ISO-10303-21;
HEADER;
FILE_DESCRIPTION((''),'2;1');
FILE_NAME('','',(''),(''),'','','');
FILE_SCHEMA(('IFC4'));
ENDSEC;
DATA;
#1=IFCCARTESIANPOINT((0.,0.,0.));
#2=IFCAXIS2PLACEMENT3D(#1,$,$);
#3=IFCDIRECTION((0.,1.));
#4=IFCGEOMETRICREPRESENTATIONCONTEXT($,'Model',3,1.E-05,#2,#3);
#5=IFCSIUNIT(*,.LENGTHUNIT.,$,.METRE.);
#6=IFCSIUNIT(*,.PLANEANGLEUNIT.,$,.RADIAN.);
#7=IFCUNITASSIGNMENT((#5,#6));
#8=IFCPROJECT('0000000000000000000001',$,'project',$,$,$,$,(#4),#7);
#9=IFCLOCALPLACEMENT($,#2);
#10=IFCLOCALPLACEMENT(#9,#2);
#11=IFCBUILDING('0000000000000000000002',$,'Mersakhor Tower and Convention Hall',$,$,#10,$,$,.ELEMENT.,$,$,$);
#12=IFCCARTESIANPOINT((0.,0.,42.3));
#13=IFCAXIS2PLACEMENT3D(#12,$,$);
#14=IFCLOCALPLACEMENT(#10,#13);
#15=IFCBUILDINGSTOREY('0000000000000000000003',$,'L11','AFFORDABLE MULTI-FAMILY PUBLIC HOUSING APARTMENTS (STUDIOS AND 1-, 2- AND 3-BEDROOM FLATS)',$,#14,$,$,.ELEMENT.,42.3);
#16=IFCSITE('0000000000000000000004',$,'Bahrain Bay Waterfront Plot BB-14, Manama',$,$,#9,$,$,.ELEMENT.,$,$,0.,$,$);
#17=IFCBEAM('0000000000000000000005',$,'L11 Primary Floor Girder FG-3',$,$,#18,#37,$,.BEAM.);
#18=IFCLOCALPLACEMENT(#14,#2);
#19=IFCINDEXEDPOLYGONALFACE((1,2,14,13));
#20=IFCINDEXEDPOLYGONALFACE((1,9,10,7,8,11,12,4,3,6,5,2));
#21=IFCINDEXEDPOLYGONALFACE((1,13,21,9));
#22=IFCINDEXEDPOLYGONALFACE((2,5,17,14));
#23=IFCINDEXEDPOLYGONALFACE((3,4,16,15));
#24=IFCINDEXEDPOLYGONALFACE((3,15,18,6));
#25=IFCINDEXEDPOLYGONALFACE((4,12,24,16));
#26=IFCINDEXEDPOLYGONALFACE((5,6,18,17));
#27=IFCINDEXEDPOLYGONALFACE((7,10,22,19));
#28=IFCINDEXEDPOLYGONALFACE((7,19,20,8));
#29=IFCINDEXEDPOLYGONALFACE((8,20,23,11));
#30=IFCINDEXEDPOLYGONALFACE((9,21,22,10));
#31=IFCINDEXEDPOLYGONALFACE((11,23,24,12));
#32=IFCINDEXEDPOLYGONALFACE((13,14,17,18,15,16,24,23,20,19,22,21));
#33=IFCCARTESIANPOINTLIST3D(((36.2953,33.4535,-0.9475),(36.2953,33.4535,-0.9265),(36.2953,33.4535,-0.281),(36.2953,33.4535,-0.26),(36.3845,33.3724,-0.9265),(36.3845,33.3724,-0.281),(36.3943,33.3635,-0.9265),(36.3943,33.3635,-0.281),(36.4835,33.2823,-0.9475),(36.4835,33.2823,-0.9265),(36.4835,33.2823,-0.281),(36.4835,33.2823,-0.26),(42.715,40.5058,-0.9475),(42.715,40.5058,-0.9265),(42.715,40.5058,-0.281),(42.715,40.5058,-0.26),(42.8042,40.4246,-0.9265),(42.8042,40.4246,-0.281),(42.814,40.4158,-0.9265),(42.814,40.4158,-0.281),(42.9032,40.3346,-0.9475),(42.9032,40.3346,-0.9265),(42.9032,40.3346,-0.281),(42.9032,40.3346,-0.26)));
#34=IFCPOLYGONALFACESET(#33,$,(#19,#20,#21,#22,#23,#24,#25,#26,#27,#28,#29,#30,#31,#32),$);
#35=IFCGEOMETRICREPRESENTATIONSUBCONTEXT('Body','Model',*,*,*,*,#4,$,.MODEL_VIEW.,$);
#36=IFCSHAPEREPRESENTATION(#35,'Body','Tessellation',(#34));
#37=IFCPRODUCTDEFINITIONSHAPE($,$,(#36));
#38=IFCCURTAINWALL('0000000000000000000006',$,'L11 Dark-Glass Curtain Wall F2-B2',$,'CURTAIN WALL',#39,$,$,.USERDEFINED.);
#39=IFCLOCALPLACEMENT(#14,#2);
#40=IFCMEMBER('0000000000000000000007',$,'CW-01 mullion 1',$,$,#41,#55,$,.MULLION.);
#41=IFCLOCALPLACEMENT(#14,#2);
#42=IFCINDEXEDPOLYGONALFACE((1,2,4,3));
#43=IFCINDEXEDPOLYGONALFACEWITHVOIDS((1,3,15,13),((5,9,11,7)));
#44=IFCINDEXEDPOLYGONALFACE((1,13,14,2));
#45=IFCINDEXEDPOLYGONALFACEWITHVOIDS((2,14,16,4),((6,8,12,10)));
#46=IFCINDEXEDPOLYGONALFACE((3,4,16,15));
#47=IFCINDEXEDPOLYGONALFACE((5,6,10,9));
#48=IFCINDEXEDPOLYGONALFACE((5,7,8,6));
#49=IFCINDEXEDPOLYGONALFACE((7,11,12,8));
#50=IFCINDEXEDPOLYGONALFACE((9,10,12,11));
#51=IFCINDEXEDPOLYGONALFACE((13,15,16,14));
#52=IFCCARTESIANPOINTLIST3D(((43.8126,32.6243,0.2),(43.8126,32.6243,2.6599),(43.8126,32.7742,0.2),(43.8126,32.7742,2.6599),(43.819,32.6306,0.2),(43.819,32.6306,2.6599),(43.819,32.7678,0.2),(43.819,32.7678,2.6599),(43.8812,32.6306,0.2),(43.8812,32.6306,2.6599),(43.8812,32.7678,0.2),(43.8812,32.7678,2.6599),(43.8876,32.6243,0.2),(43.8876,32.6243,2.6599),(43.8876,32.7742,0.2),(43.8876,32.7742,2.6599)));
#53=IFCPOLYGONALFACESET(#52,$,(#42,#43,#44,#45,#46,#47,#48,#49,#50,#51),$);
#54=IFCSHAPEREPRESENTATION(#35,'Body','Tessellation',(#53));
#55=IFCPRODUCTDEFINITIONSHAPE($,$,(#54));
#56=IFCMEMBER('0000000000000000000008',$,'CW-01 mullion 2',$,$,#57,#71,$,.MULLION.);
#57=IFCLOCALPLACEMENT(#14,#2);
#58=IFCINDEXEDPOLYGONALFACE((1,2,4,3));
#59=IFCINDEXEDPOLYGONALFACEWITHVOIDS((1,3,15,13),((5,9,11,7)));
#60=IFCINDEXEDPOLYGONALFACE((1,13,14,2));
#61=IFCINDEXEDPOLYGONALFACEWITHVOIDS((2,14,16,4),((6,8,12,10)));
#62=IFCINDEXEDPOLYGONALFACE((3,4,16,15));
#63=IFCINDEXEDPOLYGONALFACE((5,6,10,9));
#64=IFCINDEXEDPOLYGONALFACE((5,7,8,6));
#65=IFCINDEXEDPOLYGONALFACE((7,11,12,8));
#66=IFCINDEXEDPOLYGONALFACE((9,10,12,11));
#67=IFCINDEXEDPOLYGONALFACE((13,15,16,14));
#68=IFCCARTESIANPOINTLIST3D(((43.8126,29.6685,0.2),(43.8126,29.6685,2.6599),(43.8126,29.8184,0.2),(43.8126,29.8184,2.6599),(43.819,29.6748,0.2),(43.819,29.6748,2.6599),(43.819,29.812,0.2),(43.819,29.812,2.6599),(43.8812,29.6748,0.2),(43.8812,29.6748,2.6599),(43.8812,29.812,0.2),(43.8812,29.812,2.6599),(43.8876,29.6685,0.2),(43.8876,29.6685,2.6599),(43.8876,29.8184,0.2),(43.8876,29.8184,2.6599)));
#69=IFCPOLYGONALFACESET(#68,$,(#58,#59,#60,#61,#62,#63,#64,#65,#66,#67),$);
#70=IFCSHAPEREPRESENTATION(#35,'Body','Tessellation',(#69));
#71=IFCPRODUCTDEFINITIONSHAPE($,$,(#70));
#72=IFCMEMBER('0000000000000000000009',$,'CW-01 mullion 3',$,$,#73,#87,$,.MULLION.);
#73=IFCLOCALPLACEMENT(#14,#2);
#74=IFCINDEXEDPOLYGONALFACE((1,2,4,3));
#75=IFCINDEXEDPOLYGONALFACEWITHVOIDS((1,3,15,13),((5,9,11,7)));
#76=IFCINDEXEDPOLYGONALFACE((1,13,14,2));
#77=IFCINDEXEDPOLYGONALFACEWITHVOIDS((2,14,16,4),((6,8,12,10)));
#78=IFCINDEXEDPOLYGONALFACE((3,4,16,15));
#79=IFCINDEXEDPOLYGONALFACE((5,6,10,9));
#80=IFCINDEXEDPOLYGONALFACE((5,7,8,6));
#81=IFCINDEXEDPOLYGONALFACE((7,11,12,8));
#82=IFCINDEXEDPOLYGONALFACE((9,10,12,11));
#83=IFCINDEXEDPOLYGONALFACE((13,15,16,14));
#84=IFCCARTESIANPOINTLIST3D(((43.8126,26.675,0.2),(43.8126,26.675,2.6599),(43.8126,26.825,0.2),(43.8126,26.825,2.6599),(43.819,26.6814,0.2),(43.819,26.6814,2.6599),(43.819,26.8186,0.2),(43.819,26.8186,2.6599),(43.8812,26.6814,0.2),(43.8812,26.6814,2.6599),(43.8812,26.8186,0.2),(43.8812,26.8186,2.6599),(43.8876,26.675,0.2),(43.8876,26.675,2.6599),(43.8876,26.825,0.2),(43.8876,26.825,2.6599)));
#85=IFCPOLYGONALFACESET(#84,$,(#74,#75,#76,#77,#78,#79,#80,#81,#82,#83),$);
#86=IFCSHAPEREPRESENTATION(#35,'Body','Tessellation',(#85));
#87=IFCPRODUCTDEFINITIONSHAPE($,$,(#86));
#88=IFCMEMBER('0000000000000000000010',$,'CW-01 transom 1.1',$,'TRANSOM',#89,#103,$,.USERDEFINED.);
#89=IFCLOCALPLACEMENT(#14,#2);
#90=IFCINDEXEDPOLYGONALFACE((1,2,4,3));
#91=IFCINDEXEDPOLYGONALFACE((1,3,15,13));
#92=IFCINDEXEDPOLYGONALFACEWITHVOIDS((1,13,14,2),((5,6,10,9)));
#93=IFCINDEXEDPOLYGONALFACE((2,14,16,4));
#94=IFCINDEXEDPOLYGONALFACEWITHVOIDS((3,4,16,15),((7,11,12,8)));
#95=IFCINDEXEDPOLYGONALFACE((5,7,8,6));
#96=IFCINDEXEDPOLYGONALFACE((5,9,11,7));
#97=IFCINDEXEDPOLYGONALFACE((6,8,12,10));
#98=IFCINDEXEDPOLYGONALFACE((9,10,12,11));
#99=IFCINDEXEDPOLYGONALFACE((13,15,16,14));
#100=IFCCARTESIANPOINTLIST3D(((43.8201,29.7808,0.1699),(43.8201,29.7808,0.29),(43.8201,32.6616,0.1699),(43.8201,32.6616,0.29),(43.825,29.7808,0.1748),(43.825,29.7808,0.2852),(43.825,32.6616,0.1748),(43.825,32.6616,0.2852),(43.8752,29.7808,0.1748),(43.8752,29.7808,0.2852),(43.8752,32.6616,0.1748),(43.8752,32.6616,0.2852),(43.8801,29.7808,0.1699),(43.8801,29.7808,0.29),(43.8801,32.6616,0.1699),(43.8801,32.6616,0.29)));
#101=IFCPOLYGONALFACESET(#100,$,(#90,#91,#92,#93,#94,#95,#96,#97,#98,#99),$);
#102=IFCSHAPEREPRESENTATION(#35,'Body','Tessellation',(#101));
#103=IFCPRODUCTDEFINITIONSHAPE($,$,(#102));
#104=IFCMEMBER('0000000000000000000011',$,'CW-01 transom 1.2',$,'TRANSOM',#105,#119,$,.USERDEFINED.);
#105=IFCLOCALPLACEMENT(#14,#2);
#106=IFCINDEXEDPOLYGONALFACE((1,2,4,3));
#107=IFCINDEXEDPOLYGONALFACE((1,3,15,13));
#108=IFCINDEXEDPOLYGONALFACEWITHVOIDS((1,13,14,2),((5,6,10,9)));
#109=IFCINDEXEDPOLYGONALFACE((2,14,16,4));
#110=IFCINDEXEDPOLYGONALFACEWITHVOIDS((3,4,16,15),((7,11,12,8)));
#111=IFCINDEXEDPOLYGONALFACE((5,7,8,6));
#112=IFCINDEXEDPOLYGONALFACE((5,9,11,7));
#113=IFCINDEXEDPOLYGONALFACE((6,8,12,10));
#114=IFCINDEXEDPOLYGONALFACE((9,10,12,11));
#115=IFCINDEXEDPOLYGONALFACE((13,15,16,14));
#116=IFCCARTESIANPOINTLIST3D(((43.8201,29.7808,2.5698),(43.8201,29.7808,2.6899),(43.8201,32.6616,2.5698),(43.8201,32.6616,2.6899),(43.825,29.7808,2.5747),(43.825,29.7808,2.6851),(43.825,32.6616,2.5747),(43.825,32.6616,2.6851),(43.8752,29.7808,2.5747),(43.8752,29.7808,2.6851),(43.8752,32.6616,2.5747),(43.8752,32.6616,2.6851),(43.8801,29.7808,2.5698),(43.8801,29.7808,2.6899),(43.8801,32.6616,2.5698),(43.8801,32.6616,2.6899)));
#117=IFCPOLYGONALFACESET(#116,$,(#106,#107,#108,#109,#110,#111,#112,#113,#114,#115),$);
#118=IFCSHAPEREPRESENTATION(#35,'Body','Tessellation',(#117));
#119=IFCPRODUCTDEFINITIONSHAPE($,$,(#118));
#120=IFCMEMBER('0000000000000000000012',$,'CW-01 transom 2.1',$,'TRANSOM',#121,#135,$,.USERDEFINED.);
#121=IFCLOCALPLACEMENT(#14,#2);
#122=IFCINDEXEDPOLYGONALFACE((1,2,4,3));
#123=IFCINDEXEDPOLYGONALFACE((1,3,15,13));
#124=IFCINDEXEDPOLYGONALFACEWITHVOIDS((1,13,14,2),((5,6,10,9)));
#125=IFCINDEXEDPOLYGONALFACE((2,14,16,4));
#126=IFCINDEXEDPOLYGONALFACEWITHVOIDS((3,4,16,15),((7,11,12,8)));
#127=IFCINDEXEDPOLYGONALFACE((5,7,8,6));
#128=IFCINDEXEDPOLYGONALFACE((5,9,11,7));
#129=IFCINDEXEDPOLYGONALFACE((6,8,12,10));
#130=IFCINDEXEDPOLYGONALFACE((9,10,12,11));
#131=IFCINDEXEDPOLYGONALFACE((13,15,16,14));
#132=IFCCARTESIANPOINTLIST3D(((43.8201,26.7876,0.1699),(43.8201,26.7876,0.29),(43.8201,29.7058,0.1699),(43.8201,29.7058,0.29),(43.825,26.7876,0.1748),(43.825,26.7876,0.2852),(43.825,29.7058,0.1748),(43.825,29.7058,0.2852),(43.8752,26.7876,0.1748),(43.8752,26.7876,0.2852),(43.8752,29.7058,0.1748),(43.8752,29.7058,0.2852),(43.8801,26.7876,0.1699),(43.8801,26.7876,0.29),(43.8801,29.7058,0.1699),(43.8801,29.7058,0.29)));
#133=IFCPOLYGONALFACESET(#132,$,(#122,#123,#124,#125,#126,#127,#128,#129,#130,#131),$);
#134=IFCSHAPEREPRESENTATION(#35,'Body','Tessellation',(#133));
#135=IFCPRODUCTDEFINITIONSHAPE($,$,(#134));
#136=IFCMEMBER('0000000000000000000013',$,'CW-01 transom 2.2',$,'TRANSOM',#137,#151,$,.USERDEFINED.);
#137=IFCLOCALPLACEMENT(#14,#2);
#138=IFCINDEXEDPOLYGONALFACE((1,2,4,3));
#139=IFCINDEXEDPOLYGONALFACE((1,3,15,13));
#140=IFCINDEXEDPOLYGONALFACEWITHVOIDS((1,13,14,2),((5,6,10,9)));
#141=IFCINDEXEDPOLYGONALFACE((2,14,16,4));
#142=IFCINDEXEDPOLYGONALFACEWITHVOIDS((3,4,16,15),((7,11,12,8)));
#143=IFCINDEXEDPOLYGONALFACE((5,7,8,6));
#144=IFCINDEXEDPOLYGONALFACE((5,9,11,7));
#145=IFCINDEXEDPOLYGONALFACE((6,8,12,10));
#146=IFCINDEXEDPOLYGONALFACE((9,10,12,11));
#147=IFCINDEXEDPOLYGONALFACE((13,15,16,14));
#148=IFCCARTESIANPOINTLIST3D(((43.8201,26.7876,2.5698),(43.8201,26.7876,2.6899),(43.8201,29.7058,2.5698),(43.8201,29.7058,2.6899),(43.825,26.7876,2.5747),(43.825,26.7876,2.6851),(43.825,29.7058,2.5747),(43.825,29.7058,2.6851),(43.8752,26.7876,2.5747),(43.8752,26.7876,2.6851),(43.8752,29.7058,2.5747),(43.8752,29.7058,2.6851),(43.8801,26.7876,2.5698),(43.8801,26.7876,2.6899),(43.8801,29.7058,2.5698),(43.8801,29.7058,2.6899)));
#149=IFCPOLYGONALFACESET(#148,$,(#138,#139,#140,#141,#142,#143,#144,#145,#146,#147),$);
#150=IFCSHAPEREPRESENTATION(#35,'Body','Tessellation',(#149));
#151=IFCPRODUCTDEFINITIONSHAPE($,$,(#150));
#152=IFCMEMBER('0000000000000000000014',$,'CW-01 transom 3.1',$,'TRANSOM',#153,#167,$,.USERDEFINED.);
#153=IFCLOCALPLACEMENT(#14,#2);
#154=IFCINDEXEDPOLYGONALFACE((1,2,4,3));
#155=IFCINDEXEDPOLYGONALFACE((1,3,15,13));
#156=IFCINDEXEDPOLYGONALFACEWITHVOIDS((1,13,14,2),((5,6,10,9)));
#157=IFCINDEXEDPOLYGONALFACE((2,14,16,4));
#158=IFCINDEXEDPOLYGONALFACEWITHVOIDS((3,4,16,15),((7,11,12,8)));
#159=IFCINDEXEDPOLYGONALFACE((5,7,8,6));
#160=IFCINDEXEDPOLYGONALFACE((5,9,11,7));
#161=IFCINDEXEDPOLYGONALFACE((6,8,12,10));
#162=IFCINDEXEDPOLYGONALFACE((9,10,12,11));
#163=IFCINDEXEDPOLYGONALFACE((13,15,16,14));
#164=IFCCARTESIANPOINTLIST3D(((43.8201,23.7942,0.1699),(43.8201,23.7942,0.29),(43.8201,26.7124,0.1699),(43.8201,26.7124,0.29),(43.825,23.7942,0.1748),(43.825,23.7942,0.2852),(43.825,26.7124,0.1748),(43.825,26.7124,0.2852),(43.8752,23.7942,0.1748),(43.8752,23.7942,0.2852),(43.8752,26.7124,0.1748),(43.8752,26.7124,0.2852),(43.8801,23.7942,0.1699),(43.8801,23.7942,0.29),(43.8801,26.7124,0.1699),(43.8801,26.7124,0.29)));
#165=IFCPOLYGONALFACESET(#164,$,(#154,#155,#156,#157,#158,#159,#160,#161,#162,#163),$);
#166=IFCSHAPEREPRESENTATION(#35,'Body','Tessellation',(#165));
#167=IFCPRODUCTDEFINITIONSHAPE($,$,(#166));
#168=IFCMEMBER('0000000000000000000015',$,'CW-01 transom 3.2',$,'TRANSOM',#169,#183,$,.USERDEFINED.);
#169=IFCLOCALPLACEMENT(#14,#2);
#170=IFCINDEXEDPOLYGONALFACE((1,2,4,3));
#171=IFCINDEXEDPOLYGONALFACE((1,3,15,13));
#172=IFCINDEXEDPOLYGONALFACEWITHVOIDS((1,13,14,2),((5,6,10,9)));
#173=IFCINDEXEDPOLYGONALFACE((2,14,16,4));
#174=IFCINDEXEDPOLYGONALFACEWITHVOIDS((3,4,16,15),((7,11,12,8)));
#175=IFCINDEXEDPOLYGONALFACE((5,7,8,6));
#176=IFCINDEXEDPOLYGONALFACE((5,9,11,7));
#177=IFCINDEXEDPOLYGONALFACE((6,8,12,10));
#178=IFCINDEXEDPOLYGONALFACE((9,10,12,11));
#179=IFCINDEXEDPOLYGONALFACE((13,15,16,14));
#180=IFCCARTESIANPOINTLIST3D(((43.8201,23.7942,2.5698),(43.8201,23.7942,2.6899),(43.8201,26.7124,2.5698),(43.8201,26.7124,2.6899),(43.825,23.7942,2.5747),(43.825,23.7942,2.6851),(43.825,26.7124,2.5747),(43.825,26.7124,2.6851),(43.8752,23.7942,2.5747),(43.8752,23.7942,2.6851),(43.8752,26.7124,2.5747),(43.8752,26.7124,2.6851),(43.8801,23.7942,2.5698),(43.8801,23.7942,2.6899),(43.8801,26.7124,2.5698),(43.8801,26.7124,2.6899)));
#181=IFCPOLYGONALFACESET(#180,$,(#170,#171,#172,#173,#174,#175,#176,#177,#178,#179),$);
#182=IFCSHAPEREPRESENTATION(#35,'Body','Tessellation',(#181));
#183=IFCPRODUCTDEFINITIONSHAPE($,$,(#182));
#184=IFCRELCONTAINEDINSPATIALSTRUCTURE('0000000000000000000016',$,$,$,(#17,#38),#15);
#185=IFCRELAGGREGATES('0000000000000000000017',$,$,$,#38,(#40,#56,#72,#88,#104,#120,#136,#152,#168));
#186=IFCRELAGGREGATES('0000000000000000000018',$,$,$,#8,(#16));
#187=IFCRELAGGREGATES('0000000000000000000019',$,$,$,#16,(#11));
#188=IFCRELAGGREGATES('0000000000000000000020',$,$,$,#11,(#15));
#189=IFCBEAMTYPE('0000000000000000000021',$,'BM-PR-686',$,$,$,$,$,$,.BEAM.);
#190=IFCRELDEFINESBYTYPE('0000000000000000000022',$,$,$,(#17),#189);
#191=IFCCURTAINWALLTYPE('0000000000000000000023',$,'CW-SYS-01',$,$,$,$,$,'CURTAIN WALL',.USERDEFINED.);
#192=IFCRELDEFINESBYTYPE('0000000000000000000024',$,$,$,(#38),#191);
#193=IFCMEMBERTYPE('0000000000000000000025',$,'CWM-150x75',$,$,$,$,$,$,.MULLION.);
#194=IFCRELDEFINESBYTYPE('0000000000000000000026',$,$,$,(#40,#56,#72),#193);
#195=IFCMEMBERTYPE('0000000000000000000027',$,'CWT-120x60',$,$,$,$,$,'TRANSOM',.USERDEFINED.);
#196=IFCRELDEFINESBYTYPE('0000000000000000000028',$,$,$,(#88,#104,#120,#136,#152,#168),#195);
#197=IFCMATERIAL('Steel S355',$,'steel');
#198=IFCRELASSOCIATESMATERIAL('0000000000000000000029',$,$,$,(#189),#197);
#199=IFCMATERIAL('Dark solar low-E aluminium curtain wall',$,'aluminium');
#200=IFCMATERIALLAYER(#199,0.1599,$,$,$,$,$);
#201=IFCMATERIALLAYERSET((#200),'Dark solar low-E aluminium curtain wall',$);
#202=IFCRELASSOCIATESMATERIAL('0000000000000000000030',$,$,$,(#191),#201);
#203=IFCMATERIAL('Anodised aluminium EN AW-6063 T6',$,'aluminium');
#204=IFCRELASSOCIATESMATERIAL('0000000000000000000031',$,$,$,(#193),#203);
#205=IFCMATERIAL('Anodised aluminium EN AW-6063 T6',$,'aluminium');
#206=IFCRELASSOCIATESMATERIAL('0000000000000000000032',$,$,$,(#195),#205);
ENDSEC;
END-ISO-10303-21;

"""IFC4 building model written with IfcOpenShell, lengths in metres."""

from ifc_helpers import new_model, si_unit, direction, frame, origin, origin_2d, place, context, subcontext, project, spatial, hollow_rectangle, i_section, extrude, material, layer, layer_set, material_profile, profile_set, type_object, element, aggregate, save


model = new_model("IFC4")

# Units and contexts
model_context = context("Model", 3, precision=1e-05, world=origin(), true_north=direction((0.0, 1.0)))
body_context = subcontext(model_context, "Body", "Model", "MODEL_VIEW")
ifc_project = project(units=[si_unit("LENGTHUNIT", "METRE"), si_unit("PLANEANGLEUNIT", "RADIAN")], contexts=[model_context])

# Site, building, storey
site_placement = place(None, origin())
site = spatial("IfcSite", under=ifc_project, at=site_placement, Name="Bahrain Bay Waterfront Plot BB-14, Manama", CompositionType="ELEMENT", RefElevation=0.0)
building_placement = place(site_placement, origin())
building = spatial("IfcBuilding", under=site, at=building_placement, Name="Mersakhor Tower and Convention Hall", CompositionType="ELEMENT")
storey_placement = place(building_placement, frame((0.0, 0.0, 42.3)))
storey = spatial("IfcBuildingStorey", under=building, at=storey_placement, Name="L11", Description="AFFORDABLE MULTI-FAMILY PUBLIC HOUSING APARTMENTS (STUDIOS AND 1-, 2- AND 3-BEDROOM FLATS)", CompositionType="ELEMENT", Elevation=42.3)

# Beam
ifc_material_1 = material(Name="Steel S355", Category="steel")
ifc_material_profile_1 = material_profile(ifc_material_1, i_section(OverallWidth=0.2544, OverallDepth=0.6875, WebThickness=0.0132, FlangeThickness=0.021, at=origin_2d()), Name="UB 686x254x152")
ifc_profile_set_1 = profile_set([ifc_material_profile_1], Name="Steel S355")
beam_type = type_object("IfcBeamType", Name="BM-PR-686", PredefinedType="BEAM", material=ifc_profile_set_1)
beam_placement = place(storey_placement, frame((36.3894, 33.3679, -0.6038), z_axis=(0.673163, 0.739494, 0.0), x_axis=(-0.739494, 0.673163, 0.0)))
element("IfcBeam", 1, at=beam_placement, inside=storey, type_object=beam_type, Name="L11 Primary Floor Girder FG-3", PredefinedType="BEAM", context=body_context, shape_type="SweptSolid", body=[
    extrude(i_section(OverallWidth=0.2544, OverallDepth=0.6875, WebThickness=0.0132, FlangeThickness=0.021, at=origin_2d()), origin(), (0.0, 0.0, 1.0), 9.5366),
])

# Curtain wall, members
ifc_material_2 = material(Name="Dark solar low-E aluminium curtain wall", Category="aluminium")
ifc_layer_1 = layer(ifc_material_2, 0.1599)
ifc_layer_set_1 = layer_set([ifc_layer_1], Name="Dark solar low-E aluminium curtain wall")
curtain_wall_type = type_object("IfcCurtainWallType", Name="CW-SYS-01", ElementType="CURTAIN WALL", PredefinedType="USERDEFINED", material=ifc_layer_set_1)
curtain_wall_placement = place(storey_placement, origin())
curtain_wall = element("IfcCurtainWall", 2, at=curtain_wall_placement, inside=storey, type_object=curtain_wall_type, Name="L11 Dark-Glass Curtain Wall F2-B2", ObjectType="CURTAIN WALL", PredefinedType="USERDEFINED")
ifc_material_3 = material(Name="Anodised aluminium EN AW-6063 T6", Category="aluminium")
ifc_material_profile_2 = material_profile(ifc_material_3, hollow_rectangle(XDim=0.075, YDim=0.1499, WallThickness=0.0063, at=origin_2d()), Name="RHS 150x75x6.3")
ifc_profile_set_2 = profile_set([ifc_material_profile_2], Name="Anodised aluminium EN AW-6063 T6")
member_type_1 = type_object("IfcMemberType", Name="CWM-150x75", PredefinedType="MULLION", material=ifc_profile_set_2)
member_1_placement = place(storey_placement, frame((43.8501, 32.6992, 0.2), z_axis=(0.0, 0.0, 1.0), x_axis=(1.0, 0.0, 0.0)))
member_1 = element("IfcMember", 3, at=member_1_placement, type_object=member_type_1, Name="CW-01 mullion 1", PredefinedType="MULLION", context=body_context, shape_type="SweptSolid", body=[
    extrude(hollow_rectangle(XDim=0.075, YDim=0.1499, WallThickness=0.0063, at=origin_2d()), origin(), (0.0, 0.0, 1.0), 2.46),
])
member_2_placement = place(storey_placement, frame((43.8501, 29.7434, 0.2), z_axis=(0.0, 0.0, 1.0), x_axis=(1.0, 0.0, 0.0)))
member_2 = element("IfcMember", 4, at=member_2_placement, type_object=member_type_1, Name="CW-01 mullion 2", PredefinedType="MULLION", context=body_context, shape_type="SweptSolid", body=[
    extrude(hollow_rectangle(XDim=0.075, YDim=0.1499, WallThickness=0.0063, at=origin_2d()), origin(), (0.0, 0.0, 1.0), 2.46),
])
member_3_placement = place(storey_placement, frame((43.8501, 26.75, 0.2), z_axis=(0.0, 0.0, 1.0), x_axis=(1.0, 0.0, 0.0)))
member_3 = element("IfcMember", 5, at=member_3_placement, type_object=member_type_1, Name="CW-01 mullion 3", PredefinedType="MULLION", context=body_context, shape_type="SweptSolid", body=[
    extrude(hollow_rectangle(XDim=0.075, YDim=0.1499, WallThickness=0.0063, at=origin_2d()), origin(), (0.0, 0.0, 1.0), 2.46),
])
ifc_material_4 = material(Name="Anodised aluminium EN AW-6063 T6", Category="aluminium")
ifc_material_profile_3 = material_profile(ifc_material_4, hollow_rectangle(XDim=0.0601, YDim=0.1201, WallThickness=0.0049, at=origin_2d()), Name="RHS 120x60x5")
ifc_profile_set_3 = profile_set([ifc_material_profile_3], Name="Anodised aluminium EN AW-6063 T6")
member_type_2 = type_object("IfcMemberType", Name="CWT-120x60", ElementType="TRANSOM", PredefinedType="USERDEFINED", material=ifc_profile_set_3)
member_4_placement = place(storey_placement, frame((43.8501, 32.6616, 0.23), z_axis=(0.0, -1.0, 0.0), x_axis=(1.0, 0.0, 0.0)))
member_4 = element("IfcMember", 6, at=member_4_placement, type_object=member_type_2, Name="CW-01 transom 1.1", ObjectType="TRANSOM", PredefinedType="USERDEFINED", context=body_context, shape_type="SweptSolid", body=[
    extrude(hollow_rectangle(XDim=0.0601, YDim=0.1201, WallThickness=0.0049, at=origin_2d()), origin(), (0.0, 0.0, 1.0), 2.8809),
])
member_5_placement = place(storey_placement, frame((43.8501, 32.6616, 2.6299), z_axis=(0.0, -1.0, 0.0), x_axis=(1.0, 0.0, 0.0)))
member_5 = element("IfcMember", 7, at=member_5_placement, type_object=member_type_2, Name="CW-01 transom 1.2", ObjectType="TRANSOM", PredefinedType="USERDEFINED", context=body_context, shape_type="SweptSolid", body=[
    extrude(hollow_rectangle(XDim=0.0601, YDim=0.1201, WallThickness=0.0049, at=origin_2d()), origin(), (0.0, 0.0, 1.0), 2.8809),
])
member_6_placement = place(storey_placement, frame((43.8501, 29.7058, 0.23), z_axis=(0.0, -1.0, 0.0), x_axis=(1.0, 0.0, 0.0)))
member_6 = element("IfcMember", 8, at=member_6_placement, type_object=member_type_2, Name="CW-01 transom 2.1", ObjectType="TRANSOM", PredefinedType="USERDEFINED", context=body_context, shape_type="SweptSolid", body=[
    extrude(hollow_rectangle(XDim=0.0601, YDim=0.1201, WallThickness=0.0049, at=origin_2d()), origin(), (0.0, 0.0, 1.0), 2.9182),
])
member_7_placement = place(storey_placement, frame((43.8501, 29.7058, 2.6299), z_axis=(0.0, -1.0, 0.0), x_axis=(1.0, 0.0, 0.0)))
member_7 = element("IfcMember", 9, at=member_7_placement, type_object=member_type_2, Name="CW-01 transom 2.2", ObjectType="TRANSOM", PredefinedType="USERDEFINED", context=body_context, shape_type="SweptSolid", body=[
    extrude(hollow_rectangle(XDim=0.0601, YDim=0.1201, WallThickness=0.0049, at=origin_2d()), origin(), (0.0, 0.0, 1.0), 2.9182),
])
member_8_placement = place(storey_placement, frame((43.8501, 26.7124, 0.23), z_axis=(0.0, -1.0, 0.0), x_axis=(1.0, 0.0, 0.0)))
member_8 = element("IfcMember", 10, at=member_8_placement, type_object=member_type_2, Name="CW-01 transom 3.1", ObjectType="TRANSOM", PredefinedType="USERDEFINED", context=body_context, shape_type="SweptSolid", body=[
    extrude(hollow_rectangle(XDim=0.0601, YDim=0.1201, WallThickness=0.0049, at=origin_2d()), origin(), (0.0, 0.0, 1.0), 2.9182),
])
member_9_placement = place(storey_placement, frame((43.8501, 26.7124, 2.6299), z_axis=(0.0, -1.0, 0.0), x_axis=(1.0, 0.0, 0.0)))
member_9 = element("IfcMember", 11, at=member_9_placement, type_object=member_type_2, Name="CW-01 transom 3.2", ObjectType="TRANSOM", PredefinedType="USERDEFINED", context=body_context, shape_type="SweptSolid", body=[
    extrude(hollow_rectangle(XDim=0.0601, YDim=0.1201, WallThickness=0.0049, at=origin_2d()), origin(), (0.0, 0.0, 1.0), 2.9182),
])
aggregate(curtain_wall, [member_1, member_2, member_3, member_4, member_5, member_6, member_7, member_8, member_9])

save(model, "model.ifc")
